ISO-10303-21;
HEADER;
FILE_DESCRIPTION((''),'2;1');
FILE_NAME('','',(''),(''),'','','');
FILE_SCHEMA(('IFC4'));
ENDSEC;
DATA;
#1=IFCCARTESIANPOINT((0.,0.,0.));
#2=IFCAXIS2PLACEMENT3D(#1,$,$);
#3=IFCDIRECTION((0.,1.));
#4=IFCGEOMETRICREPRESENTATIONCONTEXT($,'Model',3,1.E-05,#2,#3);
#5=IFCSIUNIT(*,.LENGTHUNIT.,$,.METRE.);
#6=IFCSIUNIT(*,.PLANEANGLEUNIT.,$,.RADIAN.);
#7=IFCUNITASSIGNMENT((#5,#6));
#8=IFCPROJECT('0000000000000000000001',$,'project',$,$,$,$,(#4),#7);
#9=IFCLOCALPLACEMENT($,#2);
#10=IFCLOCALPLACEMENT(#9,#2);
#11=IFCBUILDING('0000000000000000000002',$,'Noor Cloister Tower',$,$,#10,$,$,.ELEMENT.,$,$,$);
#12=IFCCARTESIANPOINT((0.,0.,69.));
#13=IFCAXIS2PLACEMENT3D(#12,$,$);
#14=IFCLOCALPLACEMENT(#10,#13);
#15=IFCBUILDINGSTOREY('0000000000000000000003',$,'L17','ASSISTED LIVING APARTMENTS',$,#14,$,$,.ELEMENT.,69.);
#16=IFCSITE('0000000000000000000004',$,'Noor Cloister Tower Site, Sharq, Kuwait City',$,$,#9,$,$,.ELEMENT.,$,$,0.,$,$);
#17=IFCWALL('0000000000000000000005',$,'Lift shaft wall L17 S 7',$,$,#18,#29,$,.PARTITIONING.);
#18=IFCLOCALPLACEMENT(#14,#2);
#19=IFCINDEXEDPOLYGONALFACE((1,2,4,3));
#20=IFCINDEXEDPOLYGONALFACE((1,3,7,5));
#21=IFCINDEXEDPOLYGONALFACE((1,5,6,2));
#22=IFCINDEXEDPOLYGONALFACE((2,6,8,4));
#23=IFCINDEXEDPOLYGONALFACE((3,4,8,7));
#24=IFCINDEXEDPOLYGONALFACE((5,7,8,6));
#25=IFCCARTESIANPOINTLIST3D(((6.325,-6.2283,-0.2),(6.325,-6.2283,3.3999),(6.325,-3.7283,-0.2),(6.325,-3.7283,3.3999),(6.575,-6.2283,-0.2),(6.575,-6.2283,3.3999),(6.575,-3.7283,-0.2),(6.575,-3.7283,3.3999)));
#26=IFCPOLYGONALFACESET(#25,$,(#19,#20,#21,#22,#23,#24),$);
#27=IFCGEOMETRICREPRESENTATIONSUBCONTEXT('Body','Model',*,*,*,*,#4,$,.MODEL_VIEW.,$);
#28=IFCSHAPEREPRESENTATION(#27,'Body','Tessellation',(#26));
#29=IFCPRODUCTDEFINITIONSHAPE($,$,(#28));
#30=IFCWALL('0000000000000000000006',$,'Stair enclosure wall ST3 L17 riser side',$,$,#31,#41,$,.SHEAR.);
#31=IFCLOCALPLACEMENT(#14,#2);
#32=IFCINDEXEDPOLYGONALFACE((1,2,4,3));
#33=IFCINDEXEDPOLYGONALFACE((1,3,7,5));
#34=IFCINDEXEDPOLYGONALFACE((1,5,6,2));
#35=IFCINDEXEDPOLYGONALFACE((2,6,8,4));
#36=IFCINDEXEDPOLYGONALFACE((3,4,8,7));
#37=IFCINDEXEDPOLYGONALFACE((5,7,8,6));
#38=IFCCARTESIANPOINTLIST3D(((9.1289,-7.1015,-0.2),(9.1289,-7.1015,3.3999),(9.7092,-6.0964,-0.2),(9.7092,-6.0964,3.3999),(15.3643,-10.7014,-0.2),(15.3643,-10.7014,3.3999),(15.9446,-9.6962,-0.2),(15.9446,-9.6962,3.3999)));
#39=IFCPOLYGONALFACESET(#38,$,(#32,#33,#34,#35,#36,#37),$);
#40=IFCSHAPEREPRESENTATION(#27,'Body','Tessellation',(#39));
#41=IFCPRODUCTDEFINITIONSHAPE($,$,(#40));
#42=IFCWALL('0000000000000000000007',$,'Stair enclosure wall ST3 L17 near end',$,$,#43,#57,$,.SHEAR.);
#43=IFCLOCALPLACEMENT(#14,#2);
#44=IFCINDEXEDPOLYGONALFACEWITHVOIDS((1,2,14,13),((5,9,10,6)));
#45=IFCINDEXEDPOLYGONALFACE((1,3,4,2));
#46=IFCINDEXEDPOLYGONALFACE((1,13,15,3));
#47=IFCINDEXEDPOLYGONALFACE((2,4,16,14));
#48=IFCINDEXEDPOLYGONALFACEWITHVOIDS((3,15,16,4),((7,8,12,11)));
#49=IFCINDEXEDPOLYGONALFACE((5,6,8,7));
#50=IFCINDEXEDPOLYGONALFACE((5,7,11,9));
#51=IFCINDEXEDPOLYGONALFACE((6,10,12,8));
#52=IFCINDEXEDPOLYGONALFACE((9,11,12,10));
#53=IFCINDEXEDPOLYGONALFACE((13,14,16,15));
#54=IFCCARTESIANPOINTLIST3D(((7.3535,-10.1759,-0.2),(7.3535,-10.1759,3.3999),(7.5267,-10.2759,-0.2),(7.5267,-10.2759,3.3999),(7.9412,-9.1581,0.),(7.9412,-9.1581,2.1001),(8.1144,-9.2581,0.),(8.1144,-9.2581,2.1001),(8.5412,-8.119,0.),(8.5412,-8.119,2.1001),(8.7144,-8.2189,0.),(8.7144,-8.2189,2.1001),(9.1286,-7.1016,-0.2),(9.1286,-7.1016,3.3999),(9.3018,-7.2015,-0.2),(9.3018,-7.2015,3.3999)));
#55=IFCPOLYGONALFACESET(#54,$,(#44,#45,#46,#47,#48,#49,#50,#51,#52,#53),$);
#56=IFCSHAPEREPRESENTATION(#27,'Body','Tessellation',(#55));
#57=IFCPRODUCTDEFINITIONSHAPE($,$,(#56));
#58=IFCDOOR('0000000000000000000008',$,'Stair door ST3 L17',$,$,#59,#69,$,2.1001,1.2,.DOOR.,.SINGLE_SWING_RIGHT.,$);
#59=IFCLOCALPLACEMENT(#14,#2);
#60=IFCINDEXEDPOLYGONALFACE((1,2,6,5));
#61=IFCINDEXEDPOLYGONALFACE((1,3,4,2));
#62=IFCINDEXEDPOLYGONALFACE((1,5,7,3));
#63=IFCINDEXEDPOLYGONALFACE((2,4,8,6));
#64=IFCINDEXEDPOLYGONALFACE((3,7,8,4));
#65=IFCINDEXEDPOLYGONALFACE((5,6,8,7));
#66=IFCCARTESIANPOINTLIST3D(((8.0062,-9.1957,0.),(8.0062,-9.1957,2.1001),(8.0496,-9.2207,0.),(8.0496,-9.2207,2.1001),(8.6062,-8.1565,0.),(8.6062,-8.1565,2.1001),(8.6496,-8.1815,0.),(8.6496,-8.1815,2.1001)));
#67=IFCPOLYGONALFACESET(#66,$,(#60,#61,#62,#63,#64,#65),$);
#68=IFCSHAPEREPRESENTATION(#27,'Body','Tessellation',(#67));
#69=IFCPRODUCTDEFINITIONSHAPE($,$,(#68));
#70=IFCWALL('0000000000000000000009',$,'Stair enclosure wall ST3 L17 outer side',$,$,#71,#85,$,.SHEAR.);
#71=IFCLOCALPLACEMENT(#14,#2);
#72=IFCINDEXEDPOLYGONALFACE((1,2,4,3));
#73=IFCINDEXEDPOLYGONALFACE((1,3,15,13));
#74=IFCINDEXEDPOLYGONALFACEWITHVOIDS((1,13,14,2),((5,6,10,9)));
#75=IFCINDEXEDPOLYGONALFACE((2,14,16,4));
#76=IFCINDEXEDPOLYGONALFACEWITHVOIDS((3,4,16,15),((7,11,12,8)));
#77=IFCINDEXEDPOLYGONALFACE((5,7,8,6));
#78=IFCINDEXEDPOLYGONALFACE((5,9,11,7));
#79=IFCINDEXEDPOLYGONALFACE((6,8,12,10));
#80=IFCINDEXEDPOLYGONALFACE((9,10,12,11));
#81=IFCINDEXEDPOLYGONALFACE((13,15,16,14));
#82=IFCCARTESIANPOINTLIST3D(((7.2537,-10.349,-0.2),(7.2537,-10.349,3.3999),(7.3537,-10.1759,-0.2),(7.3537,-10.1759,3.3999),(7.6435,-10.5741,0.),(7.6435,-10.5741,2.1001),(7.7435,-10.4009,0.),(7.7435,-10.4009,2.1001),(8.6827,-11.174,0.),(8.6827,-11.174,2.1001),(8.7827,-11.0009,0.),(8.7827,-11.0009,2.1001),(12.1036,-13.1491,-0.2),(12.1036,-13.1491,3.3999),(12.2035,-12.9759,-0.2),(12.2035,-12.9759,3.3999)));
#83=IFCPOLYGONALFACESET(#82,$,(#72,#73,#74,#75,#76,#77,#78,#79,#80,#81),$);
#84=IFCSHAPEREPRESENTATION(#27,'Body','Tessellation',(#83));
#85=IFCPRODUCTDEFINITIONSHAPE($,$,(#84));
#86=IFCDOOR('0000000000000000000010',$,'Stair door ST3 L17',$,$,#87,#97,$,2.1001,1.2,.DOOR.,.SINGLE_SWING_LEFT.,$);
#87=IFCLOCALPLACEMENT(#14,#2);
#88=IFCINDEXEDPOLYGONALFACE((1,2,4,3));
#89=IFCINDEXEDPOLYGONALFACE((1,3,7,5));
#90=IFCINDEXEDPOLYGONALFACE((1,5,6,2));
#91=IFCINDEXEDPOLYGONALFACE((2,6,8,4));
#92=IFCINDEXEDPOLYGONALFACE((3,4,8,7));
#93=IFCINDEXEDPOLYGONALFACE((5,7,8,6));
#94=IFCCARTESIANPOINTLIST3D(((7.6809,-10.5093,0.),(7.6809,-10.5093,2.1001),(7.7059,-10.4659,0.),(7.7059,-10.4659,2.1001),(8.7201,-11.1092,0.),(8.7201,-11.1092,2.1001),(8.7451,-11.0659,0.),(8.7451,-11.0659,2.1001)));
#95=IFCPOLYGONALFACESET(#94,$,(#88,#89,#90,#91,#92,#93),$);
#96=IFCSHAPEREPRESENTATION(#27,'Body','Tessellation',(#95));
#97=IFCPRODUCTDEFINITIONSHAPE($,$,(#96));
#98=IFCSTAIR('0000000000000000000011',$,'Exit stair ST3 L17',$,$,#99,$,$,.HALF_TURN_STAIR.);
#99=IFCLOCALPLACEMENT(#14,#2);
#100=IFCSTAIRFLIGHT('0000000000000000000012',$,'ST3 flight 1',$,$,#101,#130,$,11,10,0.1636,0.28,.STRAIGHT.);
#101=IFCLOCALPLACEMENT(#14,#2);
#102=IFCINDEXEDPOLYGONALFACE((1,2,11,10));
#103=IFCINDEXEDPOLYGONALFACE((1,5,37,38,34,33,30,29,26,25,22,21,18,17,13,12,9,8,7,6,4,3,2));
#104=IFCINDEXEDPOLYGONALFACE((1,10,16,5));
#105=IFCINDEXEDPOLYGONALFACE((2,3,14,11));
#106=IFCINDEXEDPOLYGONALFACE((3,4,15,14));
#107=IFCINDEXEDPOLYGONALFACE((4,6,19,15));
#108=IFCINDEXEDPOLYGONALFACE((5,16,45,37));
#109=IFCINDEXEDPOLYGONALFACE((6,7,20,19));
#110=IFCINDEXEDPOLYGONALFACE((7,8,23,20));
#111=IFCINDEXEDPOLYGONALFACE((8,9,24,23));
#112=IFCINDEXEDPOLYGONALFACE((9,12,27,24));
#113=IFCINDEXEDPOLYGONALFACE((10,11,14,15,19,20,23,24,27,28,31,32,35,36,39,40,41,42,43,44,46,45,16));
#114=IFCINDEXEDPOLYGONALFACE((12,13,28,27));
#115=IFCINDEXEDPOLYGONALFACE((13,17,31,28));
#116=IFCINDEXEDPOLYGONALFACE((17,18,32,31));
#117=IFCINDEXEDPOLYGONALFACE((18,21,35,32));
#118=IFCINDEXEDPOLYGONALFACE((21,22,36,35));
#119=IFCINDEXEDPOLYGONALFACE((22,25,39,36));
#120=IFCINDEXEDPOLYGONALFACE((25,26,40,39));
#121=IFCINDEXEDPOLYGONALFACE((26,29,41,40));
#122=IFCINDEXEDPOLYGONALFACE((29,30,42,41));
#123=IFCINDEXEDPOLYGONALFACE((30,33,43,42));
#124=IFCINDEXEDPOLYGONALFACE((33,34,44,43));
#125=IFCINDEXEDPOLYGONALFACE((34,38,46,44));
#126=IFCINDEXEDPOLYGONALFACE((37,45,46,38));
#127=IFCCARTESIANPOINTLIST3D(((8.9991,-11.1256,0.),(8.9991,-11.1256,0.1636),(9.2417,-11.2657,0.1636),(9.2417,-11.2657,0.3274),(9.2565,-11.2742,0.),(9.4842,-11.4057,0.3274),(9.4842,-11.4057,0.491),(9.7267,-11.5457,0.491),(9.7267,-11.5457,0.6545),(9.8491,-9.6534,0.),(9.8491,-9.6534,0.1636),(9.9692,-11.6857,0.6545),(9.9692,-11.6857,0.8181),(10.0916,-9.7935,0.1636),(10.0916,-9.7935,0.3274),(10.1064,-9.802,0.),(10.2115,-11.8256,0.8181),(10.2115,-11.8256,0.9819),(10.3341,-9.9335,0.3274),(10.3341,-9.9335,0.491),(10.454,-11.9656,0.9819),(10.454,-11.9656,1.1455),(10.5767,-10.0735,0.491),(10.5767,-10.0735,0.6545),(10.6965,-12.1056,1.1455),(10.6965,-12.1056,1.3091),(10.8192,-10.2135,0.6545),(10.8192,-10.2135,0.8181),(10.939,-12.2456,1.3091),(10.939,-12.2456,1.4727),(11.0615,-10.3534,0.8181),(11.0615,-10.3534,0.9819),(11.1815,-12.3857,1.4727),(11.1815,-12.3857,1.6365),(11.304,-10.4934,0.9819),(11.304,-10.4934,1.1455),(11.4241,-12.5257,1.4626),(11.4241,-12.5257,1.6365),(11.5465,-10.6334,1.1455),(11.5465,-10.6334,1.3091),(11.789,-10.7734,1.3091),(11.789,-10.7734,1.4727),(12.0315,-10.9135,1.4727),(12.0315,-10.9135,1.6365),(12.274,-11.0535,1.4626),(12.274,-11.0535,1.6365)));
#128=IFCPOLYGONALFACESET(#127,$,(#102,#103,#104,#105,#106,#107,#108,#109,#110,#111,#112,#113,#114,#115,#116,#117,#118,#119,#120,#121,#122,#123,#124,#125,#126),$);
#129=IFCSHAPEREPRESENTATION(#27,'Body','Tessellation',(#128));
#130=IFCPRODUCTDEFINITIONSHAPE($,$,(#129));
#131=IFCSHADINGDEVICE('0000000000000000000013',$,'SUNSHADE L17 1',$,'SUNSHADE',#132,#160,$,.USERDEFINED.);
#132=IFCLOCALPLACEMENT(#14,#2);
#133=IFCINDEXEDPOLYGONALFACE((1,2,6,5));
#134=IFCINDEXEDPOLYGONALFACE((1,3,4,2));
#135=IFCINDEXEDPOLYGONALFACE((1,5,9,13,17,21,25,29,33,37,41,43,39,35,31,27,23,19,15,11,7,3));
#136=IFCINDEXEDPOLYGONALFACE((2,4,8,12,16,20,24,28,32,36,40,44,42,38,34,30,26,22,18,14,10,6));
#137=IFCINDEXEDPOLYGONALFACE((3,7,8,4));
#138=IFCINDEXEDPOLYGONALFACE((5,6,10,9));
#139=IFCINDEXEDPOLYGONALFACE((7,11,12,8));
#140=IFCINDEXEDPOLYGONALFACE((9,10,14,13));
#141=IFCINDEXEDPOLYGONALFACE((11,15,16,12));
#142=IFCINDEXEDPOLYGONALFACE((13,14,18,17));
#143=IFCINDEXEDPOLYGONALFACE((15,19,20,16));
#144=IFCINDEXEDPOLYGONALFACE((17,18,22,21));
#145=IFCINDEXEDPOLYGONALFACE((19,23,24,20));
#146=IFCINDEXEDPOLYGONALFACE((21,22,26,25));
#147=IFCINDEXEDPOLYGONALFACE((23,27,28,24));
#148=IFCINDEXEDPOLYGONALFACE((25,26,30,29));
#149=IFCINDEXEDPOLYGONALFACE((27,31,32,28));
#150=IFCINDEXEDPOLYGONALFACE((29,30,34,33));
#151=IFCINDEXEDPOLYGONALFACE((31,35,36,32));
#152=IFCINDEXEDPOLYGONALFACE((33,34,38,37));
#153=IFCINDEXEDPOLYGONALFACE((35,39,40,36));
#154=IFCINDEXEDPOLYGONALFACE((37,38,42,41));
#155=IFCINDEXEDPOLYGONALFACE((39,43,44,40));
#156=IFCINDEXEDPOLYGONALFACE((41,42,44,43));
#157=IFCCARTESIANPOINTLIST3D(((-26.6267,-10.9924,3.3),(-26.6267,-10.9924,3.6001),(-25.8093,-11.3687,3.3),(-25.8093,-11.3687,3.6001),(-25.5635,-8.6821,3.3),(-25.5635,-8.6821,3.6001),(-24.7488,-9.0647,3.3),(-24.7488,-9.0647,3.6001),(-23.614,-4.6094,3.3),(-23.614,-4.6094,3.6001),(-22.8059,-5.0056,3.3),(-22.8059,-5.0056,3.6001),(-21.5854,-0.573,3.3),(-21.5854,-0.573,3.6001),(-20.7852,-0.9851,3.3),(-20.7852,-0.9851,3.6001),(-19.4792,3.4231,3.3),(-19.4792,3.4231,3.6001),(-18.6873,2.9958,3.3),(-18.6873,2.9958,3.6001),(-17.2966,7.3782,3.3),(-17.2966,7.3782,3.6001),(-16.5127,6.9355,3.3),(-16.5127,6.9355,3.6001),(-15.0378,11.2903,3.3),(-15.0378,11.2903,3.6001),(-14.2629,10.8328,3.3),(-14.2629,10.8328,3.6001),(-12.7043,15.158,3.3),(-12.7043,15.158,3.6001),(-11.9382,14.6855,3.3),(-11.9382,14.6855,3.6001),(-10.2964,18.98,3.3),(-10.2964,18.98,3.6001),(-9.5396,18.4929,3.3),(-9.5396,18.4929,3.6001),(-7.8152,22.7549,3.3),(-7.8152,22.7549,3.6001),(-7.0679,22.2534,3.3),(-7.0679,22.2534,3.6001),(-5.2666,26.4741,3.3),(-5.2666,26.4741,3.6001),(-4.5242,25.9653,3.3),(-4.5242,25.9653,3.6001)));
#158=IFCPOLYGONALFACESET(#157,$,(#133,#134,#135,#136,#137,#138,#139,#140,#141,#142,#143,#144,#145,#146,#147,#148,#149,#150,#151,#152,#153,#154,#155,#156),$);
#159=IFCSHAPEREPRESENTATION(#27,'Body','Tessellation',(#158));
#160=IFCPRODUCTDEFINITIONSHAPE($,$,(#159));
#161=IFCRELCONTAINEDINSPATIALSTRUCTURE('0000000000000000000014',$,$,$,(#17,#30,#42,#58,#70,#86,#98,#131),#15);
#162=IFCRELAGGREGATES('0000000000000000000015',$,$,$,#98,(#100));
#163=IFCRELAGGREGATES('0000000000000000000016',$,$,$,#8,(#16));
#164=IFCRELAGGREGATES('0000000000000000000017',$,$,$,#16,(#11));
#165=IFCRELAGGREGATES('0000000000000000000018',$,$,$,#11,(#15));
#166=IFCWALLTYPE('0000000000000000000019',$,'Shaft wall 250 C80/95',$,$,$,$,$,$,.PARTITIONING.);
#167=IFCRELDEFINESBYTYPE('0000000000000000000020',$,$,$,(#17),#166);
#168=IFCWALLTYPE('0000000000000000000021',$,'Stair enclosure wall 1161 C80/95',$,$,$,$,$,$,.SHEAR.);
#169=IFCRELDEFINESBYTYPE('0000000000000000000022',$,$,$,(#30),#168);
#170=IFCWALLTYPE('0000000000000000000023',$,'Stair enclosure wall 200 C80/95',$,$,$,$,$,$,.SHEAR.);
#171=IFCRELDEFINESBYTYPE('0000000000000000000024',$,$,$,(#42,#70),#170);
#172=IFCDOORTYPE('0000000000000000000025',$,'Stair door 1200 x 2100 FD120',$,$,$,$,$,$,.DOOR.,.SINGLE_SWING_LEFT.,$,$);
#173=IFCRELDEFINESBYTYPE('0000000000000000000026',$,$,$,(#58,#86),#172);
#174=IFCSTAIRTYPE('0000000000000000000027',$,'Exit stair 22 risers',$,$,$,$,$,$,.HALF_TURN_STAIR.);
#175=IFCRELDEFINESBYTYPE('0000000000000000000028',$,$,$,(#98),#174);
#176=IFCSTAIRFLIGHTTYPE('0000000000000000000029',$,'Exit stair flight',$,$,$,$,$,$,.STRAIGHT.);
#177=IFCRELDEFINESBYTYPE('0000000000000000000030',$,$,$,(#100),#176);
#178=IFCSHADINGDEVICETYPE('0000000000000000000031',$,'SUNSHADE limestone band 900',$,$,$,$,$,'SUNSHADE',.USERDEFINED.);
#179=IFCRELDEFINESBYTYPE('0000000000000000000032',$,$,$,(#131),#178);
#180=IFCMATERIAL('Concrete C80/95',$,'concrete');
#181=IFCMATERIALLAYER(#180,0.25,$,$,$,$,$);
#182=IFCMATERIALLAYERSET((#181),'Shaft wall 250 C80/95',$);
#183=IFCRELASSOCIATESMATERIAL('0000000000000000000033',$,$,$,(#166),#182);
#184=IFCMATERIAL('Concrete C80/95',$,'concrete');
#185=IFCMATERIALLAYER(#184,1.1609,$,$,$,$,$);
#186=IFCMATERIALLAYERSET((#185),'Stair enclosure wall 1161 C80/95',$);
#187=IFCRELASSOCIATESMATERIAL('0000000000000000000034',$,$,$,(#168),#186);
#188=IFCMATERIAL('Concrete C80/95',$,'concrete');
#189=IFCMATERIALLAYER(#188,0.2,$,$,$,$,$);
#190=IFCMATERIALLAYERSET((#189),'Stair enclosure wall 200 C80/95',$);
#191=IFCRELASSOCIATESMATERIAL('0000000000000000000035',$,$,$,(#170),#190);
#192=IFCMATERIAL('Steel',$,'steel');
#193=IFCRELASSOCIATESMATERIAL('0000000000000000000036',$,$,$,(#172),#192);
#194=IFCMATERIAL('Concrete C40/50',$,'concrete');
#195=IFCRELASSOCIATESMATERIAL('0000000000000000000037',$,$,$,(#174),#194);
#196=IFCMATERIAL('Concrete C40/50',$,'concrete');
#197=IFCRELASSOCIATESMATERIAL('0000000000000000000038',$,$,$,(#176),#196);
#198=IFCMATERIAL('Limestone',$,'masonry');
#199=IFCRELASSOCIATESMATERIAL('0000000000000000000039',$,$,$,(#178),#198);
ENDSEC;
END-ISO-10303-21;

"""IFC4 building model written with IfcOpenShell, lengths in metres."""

from ifc_helpers import new_model, si_unit, direction, frame, frame_2d, origin, place, context, subcontext, project, spatial, polyline, rectangle, outline, extrude, material, layer, layer_set, type_object, element, fill, aggregate, save


model = new_model("IFC4")

# Units and contexts
model_context = context("Model", 3, precision=1e-05, world=origin(), true_north=direction((0.0, 1.0)))
body_context = subcontext(model_context, "Body", "Model", "MODEL_VIEW")
ifc_project = project(units=[si_unit("LENGTHUNIT", "METRE"), si_unit("PLANEANGLEUNIT", "RADIAN")], contexts=[model_context])

# Site, building, storey
site_placement = place(None, origin())
site = spatial("IfcSite", under=ifc_project, at=site_placement, Name="Noor Cloister Tower Site, Sharq, Kuwait City", CompositionType="ELEMENT", RefElevation=0.0)
building_placement = place(site_placement, origin())
building = spatial("IfcBuilding", under=site, at=building_placement, Name="Noor Cloister Tower", CompositionType="ELEMENT")
storey_placement = place(building_placement, frame((0.0, 0.0, 69.0)))
storey = spatial("IfcBuildingStorey", under=building, at=storey_placement, Name="L17", Description="ASSISTED LIVING APARTMENTS", CompositionType="ELEMENT", Elevation=69.0)

# Walls
ifc_material_1 = material(Name="Concrete C80/95", Category="concrete")
ifc_layer_1 = layer(ifc_material_1, 0.25)
ifc_layer_set_1 = layer_set([ifc_layer_1], Name="Shaft wall 250 C80/95")
wall_type_1 = type_object("IfcWallType", Name="Shaft wall 250 C80/95", PredefinedType="PARTITIONING", material=ifc_layer_set_1)
for number, where, z_axis, x_axis, name in (
    (1, (6.45, -6.2283, -0.2), (0.0, 0.0, 1.0), (0.0, 1.0, 0.0), "Lift shaft wall L17 S 7"),
):
    element("IfcWall", number, at=place(storey_placement, frame(where, z_axis=z_axis, x_axis=x_axis)), inside=storey, type_object=wall_type_1, Name=name, PredefinedType="PARTITIONING", context=body_context, shape_type="SweptSolid", body=[
        extrude(rectangle(XDim=2.5, YDim=0.25, at=frame_2d((1.25, 0.0))), origin(), (0.0, 0.0, 1.0), 3.5999),
    ])
ifc_material_2 = material(Name="Concrete C80/95", Category="concrete")
ifc_layer_2 = layer(ifc_material_2, 1.1609)
ifc_layer_set_2 = layer_set([ifc_layer_2], Name="Stair enclosure wall 1161 C80/95")
wall_type_2 = type_object("IfcWallType", Name="Stair enclosure wall 1161 C80/95", PredefinedType="SHEAR", material=ifc_layer_set_2)
wall_1_placement = place(storey_placement, frame((9.4189, -6.5989, -0.2), z_axis=(0.0, 0.0, 1.0), x_axis=(0.866033, -0.499987, 0.0)))
element("IfcWall", 2, at=wall_1_placement, inside=storey, type_object=wall_type_2, Name="Stair enclosure wall ST3 L17 riser side", PredefinedType="SHEAR", context=body_context, shape_type="SweptSolid", body=[
    extrude(rectangle(XDim=7.2, YDim=1.1606, at=frame_2d((3.6001, 0.0))), origin(), (0.0, 0.0, 1.0), 3.5999),
])

# Walls, openings, doors
ifc_material_3 = material(Name="Concrete C80/95", Category="concrete")
ifc_layer_3 = layer(ifc_material_3, 0.2)
ifc_layer_set_3 = layer_set([ifc_layer_3], Name="Stair enclosure wall 200 C80/95")
wall_type_3 = type_object("IfcWallType", Name="Stair enclosure wall 200 C80/95", PredefinedType="SHEAR", material=ifc_layer_set_3)
wall_2_placement = place(storey_placement, frame((7.4402, -10.2258, -0.2), z_axis=(0.0, 0.0, 1.0), x_axis=(0.500022, 0.866013, 0.0)))
wall_2 = element("IfcWall", 3, at=wall_2_placement, inside=storey, type_object=wall_type_3, Name="Stair enclosure wall ST3 L17 near end", PredefinedType="SHEAR", context=body_context, shape_type="SweptSolid", body=[
    extrude(rectangle(XDim=3.55, YDim=0.2, at=frame_2d((1.7749, 0.0))), origin(), (0.0, 0.0, 1.0), 3.5999),
])
opening_1_placement = place(wall_2_placement, frame((1.175, 0.0, 0.2)))
opening_1 = element("IfcOpeningElement", 4, at=opening_1_placement, cuts=wall_2, PredefinedType="OPENING", context=body_context, shape_type="SweptSolid", body=[
    extrude(rectangle(XDim=1.2, YDim=2.1001, at=frame_2d((0.6001, 1.05))), frame((0.0, 0.1099, 0.0), z_axis=(0.0, -1.0, 0.0), x_axis=(1.0, 0.0, 0.0)), (0.0, 0.0, 1.0), 0.22),
])
ifc_material_4 = material(Name="Steel", Category="steel")
door_type_1 = type_object("IfcDoorType", Name="Stair door 1200 x 2100 FD120", OperationType="SINGLE_SWING_LEFT", PredefinedType="DOOR", material=ifc_material_4)
door_1_placement = place(opening_1_placement, origin())
door_1 = element("IfcDoor", 5, at=door_1_placement, inside=storey, type_object=door_type_1, Name="Stair door ST3 L17", OperationType="SINGLE_SWING_RIGHT", OverallHeight=2.1001, OverallWidth=1.2, PredefinedType="DOOR", context=body_context, shape_type="SweptSolid", body=[
    extrude(rectangle(XDim=1.2, YDim=2.1001, at=frame_2d((0.6001, 1.05))), frame((0.0, 0.0249, 0.0), z_axis=(0.0, -1.0, 0.0), x_axis=(1.0, 0.0, 0.0)), (0.0, 0.0, 1.0), 0.05),
])
fill(opening_1, door_1)
wall_3_placement = place(storey_placement, frame((7.3037, -10.2625, -0.2), z_axis=(0.0, 0.0, 1.0), x_axis=(0.866027, -0.499998, 0.0)))
wall_3 = element("IfcWall", 6, at=wall_3_placement, inside=storey, type_object=wall_type_3, Name="Stair enclosure wall ST3 L17 outer side", PredefinedType="SHEAR", context=body_context, shape_type="SweptSolid", body=[
    extrude(rectangle(XDim=5.6001, YDim=0.2, at=frame_2d((2.8, 0.0))), origin(), (0.0, 0.0, 1.0), 3.5999),
])
opening_2_placement = place(wall_3_placement, frame((0.45, 0.0, 0.2)))
opening_2 = element("IfcOpeningElement", 7, at=opening_2_placement, cuts=wall_3, PredefinedType="OPENING", context=body_context, shape_type="SweptSolid", body=[
    extrude(rectangle(XDim=1.2, YDim=2.1001, at=frame_2d((0.6001, 1.05))), frame((0.0, 0.1099, 0.0), z_axis=(0.0, -1.0, 0.0), x_axis=(1.0, 0.0, 0.0)), (0.0, 0.0, 1.0), 0.22),
])
door_2_placement = place(opening_2_placement, origin())
door_2 = element("IfcDoor", 8, at=door_2_placement, inside=storey, type_object=door_type_1, Name="Stair door ST3 L17", OperationType="SINGLE_SWING_LEFT", OverallHeight=2.1001, OverallWidth=1.2, PredefinedType="DOOR", context=body_context, shape_type="SweptSolid", body=[
    extrude(rectangle(XDim=1.2, YDim=2.1001, at=frame_2d((0.6001, 1.05))), frame((0.0, 0.0249, 0.0), z_axis=(0.0, -1.0, 0.0), x_axis=(1.0, 0.0, 0.0)), (0.0, 0.0, 1.0), 0.05),
])
fill(opening_2, door_2)

# Stair, stair flight
ifc_material_5 = material(Name="Concrete C40/50", Category="concrete")
stair_type = type_object("IfcStairType", Name="Exit stair 22 risers", PredefinedType="HALF_TURN_STAIR", material=ifc_material_5)
stair_placement = place(storey_placement, origin())
stair = element("IfcStair", 9, at=stair_placement, inside=storey, type_object=stair_type, Name="Exit stair ST3 L17", PredefinedType="HALF_TURN_STAIR")
ifc_material_6 = material(Name="Concrete C40/50", Category="concrete")
stair_flight_type = type_object("IfcStairFlightType", Name="Exit stair flight", PredefinedType="STRAIGHT", material=ifc_material_6)
stair_flight_placement = place(storey_placement, frame((9.4241, -10.3896, 0.0), z_axis=(0.0, 0.0, 1.0), x_axis=(0.866025, -0.5, 0.0)))
stair_flight = element("IfcStairFlight", 10, at=stair_flight_placement, type_object=stair_flight_type, Name="ST3 flight 1", NumberOfRisers=11, NumberOfTreads=10, PredefinedType="STRAIGHT", RiserHeight=0.1636, TreadLength=0.28, context=body_context, shape_type="SweptSolid", body=[
    extrude(outline(polyline([(0.0, 0.0), (0.0, 0.1636), (0.28, 0.1636), (0.28, 0.3274), (0.5601, 0.3274), (0.5601, 0.491), (0.8401, 0.491), (0.8401, 0.6545), (1.1201, 0.6545), (1.1201, 0.8181), (1.3999, 0.8181), (1.3999, 0.9819), (1.6799, 0.9819), (1.6799, 1.1455), (1.96, 1.1455), (1.96, 1.3091), (2.24, 1.3091), (2.24, 1.4727), (2.52, 1.4727), (2.52, 1.6365), (2.8, 1.6365), (2.8, 1.8), (2.8, 1.4626), (0.2971, 0.0), (0.0, 0.0)])), frame((0.0, 0.8501, 0.0), z_axis=(0.0, -1.0, 0.0), x_axis=(1.0, 0.0, 0.0)), (0.0, 0.0, 1.0), 1.7),
])
aggregate(stair, [stair_flight])

# Shading device
ifc_material_7 = material(Name="Limestone", Category="masonry")
shading_device_type = type_object("IfcShadingDeviceType", Name="SUNSHADE limestone band 900", ElementType="SUNSHADE", PredefinedType="USERDEFINED", material=ifc_material_7)
shading_device_placement = place(storey_placement, frame((0.0, 0.0, 3.3)))
element("IfcShadingDevice", 11, at=shading_device_placement, inside=storey, type_object=shading_device_type, Name="SUNSHADE L17 1", ObjectType="SUNSHADE", PredefinedType="USERDEFINED", context=body_context, shape_type="SweptSolid", body=[
    extrude(outline(polyline([(-5.2666, 26.4741), (-7.8152, 22.7549), (-10.2964, 18.98), (-12.7043, 15.158), (-15.0378, 11.2903), (-17.2966, 7.3782), (-19.4792, 3.4231), (-21.5854, -0.573), (-23.614, -4.6094), (-25.5635, -8.6821), (-26.6267, -10.9924), (-25.8093, -11.3687), (-24.7488, -9.0647), (-22.8059, -5.0056), (-20.7852, -0.9851), (-18.6873, 2.9958), (-16.5127, 6.9355), (-14.2629, 10.8328), (-11.9382, 14.6855), (-9.5396, 18.4929), (-7.0679, 22.2534), (-4.5242, 25.9653), (-5.2666, 26.4741)])), origin(), (0.0, 0.0, 1.0), 0.3),
])

save(model, "model.ifc")
